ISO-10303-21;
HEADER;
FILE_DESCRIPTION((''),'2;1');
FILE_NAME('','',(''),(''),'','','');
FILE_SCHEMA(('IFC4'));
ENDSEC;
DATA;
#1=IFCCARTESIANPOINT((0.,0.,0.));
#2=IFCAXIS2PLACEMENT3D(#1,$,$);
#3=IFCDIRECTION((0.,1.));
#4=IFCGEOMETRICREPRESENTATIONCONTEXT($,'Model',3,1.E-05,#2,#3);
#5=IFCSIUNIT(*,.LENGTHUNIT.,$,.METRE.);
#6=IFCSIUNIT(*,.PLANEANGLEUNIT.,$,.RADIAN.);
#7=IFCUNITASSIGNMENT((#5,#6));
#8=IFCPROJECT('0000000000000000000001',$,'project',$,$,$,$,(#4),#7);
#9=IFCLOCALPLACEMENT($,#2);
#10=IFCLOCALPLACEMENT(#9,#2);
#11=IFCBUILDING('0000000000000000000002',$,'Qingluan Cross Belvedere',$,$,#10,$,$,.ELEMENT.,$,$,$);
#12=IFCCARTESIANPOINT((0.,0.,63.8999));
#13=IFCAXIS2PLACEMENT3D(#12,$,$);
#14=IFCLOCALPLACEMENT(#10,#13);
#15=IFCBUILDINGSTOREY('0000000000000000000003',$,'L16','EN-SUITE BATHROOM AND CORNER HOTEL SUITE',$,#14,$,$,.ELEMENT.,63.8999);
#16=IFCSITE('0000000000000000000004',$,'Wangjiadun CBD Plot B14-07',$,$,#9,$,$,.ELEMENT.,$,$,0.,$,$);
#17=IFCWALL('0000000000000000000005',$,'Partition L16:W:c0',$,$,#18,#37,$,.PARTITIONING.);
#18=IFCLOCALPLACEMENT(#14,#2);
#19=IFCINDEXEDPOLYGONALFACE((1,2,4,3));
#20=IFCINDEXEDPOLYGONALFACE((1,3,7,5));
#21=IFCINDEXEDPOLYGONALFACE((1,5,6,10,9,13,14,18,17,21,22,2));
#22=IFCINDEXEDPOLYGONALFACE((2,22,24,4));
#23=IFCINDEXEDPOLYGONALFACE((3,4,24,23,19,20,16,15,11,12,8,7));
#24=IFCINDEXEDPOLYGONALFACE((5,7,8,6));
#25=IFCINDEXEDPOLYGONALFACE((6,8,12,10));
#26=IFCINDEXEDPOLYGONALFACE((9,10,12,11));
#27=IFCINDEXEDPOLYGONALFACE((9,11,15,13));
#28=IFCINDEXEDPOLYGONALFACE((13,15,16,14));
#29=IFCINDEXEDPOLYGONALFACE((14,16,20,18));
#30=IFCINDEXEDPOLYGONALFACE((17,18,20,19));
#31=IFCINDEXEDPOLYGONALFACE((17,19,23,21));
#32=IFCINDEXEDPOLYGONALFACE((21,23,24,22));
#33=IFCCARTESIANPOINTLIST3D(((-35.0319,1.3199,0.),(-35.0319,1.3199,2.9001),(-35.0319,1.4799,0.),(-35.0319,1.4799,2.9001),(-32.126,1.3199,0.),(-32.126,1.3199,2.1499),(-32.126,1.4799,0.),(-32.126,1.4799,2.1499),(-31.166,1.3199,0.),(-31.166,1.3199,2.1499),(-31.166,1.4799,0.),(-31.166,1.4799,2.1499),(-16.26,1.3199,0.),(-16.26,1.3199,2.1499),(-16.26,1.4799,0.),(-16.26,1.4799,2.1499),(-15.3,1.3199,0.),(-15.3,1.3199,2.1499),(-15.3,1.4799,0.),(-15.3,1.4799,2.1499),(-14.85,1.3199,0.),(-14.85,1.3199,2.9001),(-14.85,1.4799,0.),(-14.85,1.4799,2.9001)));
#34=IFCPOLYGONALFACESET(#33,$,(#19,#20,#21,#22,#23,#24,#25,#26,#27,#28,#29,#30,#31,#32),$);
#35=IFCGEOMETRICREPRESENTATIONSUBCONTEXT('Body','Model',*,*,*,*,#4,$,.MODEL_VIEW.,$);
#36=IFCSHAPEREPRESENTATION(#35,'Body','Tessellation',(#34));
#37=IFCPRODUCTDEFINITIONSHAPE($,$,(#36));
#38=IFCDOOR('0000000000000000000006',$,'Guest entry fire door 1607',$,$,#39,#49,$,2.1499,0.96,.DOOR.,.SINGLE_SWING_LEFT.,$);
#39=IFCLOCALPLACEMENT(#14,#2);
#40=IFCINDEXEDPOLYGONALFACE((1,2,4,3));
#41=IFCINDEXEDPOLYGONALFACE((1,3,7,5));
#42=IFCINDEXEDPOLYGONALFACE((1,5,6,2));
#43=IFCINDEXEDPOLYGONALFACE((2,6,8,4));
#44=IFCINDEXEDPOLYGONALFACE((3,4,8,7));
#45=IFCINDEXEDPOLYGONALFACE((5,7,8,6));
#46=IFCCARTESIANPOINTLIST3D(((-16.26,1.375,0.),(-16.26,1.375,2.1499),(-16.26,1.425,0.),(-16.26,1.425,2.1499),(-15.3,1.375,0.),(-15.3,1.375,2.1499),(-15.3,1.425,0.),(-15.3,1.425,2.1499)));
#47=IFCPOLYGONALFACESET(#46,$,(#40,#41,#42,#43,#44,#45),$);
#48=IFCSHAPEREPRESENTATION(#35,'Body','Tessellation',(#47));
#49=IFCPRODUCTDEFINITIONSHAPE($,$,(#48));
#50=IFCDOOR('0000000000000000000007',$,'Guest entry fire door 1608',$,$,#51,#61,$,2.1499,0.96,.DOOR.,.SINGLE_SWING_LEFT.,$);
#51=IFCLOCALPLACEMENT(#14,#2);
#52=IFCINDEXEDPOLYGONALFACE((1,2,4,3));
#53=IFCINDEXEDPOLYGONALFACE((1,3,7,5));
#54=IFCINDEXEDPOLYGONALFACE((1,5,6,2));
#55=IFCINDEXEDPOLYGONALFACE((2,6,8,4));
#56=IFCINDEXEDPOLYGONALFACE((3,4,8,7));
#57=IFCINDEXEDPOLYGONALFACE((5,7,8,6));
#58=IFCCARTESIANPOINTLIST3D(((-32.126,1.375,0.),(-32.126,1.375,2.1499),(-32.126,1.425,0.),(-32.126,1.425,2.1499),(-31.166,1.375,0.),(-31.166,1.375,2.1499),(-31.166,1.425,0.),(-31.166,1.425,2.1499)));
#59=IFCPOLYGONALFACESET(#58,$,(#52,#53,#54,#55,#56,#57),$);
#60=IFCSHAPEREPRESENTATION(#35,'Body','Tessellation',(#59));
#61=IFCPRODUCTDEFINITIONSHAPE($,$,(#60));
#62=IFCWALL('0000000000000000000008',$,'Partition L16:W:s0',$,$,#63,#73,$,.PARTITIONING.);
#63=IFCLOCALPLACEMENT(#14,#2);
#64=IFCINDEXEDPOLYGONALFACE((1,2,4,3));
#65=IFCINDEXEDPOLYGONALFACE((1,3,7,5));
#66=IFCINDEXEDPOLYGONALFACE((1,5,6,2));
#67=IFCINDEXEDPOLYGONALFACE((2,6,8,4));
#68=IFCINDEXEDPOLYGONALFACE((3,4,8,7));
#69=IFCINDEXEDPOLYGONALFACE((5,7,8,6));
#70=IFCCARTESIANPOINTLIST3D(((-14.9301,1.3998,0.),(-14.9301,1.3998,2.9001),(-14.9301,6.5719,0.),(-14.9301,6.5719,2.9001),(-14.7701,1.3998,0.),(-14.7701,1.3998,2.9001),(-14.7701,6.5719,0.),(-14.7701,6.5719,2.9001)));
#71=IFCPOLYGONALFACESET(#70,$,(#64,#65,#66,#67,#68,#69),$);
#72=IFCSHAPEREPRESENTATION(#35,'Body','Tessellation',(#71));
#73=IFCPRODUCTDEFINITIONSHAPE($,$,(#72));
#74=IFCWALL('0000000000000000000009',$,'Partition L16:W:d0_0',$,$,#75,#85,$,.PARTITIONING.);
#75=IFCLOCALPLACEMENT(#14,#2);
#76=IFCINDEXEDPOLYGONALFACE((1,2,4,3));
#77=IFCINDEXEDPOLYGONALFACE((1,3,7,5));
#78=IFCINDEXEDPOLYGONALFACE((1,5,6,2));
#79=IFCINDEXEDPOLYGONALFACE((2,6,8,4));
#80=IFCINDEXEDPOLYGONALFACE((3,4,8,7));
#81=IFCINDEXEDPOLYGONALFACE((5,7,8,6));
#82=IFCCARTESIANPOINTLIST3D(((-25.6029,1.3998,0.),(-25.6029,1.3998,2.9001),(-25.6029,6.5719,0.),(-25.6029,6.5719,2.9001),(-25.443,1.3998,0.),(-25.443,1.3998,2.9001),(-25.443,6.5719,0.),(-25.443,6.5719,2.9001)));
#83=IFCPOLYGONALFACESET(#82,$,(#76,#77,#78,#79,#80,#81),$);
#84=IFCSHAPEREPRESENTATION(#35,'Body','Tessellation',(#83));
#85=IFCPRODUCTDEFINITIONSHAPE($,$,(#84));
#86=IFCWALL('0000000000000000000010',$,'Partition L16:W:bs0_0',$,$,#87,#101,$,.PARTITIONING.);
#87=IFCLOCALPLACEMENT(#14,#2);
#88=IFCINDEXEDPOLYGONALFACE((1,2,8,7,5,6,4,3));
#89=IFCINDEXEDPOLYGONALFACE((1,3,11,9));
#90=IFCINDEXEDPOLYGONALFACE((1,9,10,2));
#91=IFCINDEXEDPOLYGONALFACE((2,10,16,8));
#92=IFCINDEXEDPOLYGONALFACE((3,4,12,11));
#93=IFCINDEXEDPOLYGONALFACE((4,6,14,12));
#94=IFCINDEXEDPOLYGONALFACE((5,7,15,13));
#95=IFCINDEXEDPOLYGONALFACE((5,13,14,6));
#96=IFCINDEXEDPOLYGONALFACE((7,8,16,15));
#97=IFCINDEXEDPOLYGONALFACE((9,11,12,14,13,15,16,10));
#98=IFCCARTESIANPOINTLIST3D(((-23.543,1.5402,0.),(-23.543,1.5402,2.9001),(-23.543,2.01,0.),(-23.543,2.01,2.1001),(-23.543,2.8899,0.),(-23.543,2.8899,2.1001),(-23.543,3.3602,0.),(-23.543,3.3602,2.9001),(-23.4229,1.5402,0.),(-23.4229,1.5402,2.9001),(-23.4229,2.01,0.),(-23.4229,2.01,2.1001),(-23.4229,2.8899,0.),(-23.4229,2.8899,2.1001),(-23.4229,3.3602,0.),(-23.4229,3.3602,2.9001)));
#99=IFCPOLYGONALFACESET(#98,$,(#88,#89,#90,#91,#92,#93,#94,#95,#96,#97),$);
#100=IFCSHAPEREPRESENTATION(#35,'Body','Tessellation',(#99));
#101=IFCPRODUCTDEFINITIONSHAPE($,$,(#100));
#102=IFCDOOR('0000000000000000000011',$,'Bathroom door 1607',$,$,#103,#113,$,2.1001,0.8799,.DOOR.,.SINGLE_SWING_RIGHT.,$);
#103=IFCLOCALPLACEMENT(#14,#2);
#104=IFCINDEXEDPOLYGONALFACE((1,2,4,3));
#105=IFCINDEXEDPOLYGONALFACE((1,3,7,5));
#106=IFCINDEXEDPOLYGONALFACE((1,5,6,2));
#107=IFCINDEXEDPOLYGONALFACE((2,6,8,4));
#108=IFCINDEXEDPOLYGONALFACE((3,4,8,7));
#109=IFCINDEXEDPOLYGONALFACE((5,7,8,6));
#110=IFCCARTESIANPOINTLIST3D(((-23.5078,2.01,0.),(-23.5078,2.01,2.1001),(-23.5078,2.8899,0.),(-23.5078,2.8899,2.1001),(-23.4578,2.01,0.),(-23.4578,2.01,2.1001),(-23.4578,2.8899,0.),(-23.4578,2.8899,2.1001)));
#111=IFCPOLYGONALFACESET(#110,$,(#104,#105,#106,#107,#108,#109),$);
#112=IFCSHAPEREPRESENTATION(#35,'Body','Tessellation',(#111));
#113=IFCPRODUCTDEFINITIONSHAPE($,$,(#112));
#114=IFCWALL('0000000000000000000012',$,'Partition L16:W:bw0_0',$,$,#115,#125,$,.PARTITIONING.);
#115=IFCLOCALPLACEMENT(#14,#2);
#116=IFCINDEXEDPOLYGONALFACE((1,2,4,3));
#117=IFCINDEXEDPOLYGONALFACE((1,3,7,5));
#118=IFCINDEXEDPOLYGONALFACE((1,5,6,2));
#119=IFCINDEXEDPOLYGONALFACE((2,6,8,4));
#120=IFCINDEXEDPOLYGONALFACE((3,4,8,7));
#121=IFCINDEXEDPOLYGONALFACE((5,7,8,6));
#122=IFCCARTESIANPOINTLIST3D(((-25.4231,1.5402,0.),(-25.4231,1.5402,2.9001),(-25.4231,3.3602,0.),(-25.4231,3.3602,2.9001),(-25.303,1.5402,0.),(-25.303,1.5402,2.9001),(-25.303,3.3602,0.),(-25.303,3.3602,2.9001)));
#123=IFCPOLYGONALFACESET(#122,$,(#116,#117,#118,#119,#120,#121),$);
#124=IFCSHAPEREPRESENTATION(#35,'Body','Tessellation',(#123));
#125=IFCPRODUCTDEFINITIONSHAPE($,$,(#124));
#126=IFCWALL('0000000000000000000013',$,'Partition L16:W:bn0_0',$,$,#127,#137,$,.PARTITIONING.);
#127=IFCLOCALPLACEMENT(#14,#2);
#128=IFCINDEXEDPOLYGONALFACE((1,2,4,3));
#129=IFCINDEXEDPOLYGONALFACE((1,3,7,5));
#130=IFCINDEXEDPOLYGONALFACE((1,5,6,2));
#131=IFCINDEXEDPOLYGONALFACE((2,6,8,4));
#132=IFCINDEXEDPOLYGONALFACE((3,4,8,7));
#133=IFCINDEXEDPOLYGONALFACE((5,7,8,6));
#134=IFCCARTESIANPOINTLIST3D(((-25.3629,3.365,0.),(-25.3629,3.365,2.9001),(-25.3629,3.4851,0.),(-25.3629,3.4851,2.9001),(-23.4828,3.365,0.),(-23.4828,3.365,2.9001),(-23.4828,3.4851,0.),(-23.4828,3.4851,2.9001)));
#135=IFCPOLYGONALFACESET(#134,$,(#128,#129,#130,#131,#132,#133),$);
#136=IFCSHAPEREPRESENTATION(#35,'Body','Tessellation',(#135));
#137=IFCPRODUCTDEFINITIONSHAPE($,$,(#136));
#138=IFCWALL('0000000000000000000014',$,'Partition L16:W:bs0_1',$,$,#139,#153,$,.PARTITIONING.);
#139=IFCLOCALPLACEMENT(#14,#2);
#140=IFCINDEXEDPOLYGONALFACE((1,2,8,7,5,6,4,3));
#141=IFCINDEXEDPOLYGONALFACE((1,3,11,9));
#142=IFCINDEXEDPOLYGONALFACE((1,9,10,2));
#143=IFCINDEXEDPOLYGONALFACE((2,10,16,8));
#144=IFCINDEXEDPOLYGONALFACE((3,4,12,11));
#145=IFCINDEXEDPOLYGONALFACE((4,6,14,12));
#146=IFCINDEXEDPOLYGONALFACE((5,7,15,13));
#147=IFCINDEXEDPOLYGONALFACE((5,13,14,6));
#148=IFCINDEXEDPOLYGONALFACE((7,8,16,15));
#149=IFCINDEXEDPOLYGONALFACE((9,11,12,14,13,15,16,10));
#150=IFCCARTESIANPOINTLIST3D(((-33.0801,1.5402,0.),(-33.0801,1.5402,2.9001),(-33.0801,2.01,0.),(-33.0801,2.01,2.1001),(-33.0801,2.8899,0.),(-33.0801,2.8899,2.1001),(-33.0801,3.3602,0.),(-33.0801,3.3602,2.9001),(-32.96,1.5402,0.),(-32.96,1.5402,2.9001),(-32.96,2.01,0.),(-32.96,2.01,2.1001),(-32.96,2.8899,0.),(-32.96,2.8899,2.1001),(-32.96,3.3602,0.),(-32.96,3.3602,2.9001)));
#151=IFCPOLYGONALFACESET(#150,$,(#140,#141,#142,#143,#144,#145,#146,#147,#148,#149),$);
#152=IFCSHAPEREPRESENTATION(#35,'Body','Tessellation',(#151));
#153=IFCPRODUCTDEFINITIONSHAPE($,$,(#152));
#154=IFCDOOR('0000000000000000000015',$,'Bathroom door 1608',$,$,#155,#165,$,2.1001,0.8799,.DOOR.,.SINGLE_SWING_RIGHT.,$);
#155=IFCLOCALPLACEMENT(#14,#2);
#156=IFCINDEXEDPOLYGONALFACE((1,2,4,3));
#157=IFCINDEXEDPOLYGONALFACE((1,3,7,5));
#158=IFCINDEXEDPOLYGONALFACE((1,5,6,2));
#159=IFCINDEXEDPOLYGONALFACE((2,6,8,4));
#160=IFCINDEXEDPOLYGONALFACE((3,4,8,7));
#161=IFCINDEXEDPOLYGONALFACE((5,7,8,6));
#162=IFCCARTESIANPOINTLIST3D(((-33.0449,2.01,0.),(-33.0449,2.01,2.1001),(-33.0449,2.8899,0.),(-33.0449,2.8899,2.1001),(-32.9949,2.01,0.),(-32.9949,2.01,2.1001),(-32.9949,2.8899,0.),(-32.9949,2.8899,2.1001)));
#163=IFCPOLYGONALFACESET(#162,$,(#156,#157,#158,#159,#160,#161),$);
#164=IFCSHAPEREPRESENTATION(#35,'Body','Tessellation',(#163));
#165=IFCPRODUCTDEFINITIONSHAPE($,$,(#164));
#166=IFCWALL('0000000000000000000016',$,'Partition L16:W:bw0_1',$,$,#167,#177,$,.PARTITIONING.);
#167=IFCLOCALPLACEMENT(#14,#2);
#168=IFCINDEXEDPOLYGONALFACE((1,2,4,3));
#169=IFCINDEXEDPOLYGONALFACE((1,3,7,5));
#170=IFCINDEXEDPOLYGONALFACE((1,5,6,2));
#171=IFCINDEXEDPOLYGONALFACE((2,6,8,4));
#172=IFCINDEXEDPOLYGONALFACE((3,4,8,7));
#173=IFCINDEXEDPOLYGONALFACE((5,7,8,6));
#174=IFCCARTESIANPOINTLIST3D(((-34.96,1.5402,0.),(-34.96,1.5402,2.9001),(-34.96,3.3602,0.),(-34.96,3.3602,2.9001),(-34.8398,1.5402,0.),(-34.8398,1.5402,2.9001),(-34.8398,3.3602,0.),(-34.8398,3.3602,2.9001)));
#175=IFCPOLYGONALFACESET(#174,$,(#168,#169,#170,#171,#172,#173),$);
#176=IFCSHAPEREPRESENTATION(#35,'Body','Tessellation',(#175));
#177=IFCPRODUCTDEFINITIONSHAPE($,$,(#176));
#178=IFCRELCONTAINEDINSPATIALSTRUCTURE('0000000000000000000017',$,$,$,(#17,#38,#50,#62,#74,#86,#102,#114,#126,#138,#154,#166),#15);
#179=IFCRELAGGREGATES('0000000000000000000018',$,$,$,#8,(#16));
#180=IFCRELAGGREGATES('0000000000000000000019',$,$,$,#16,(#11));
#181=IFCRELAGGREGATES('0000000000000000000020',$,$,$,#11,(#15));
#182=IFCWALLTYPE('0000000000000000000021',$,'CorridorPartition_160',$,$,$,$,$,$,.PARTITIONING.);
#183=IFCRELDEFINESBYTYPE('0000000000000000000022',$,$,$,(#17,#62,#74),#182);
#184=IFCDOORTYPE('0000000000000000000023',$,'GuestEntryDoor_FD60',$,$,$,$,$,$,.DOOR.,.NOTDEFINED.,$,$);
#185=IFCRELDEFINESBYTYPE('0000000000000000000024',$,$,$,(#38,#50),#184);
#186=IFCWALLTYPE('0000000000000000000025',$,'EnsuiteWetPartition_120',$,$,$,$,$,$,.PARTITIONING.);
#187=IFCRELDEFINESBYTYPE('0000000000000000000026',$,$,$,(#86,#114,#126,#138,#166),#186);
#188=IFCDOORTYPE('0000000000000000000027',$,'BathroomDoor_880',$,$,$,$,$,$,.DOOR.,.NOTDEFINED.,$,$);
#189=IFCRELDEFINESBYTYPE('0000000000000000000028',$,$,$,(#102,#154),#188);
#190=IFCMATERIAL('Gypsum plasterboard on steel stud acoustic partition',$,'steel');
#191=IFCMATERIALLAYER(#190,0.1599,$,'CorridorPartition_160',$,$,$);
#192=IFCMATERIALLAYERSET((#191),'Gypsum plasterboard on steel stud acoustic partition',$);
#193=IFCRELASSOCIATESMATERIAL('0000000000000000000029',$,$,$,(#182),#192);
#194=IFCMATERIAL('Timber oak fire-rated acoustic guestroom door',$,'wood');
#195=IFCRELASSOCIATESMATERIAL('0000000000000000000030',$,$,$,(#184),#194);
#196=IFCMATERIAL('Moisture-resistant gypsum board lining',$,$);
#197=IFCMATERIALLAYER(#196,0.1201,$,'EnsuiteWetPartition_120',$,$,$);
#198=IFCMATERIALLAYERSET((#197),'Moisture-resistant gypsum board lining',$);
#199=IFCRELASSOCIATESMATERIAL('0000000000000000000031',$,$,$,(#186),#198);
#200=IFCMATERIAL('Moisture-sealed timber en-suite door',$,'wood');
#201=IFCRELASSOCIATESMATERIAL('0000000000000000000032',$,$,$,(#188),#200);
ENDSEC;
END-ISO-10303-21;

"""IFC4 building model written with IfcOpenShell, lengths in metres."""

from ifc_helpers import new_model, si_unit, direction, frame, frame_2d, origin, place, context, subcontext, project, spatial, rectangle, extrude, material, layer, layer_set, type_object, element, fill, save


model = new_model("IFC4")

# Units and contexts
model_context = context("Model", 3, precision=1e-05, world=origin(), true_north=direction((0.0, 1.0)))
body_context = subcontext(model_context, "Body", "Model", "MODEL_VIEW")
ifc_project = project(units=[si_unit("LENGTHUNIT", "METRE"), si_unit("PLANEANGLEUNIT", "RADIAN")], contexts=[model_context])

# Site, building, storey
site_placement = place(None, origin())
site = spatial("IfcSite", under=ifc_project, at=site_placement, Name="Wangjiadun CBD Plot B14-07", CompositionType="ELEMENT", RefElevation=0.0)
building_placement = place(site_placement, origin())
building = spatial("IfcBuilding", under=site, at=building_placement, Name="Qingluan Cross Belvedere", CompositionType="ELEMENT")
storey_placement = place(building_placement, frame((0.0, 0.0, 63.8999)))
storey = spatial("IfcBuildingStorey", under=building, at=storey_placement, Name="L16", Description="EN-SUITE BATHROOM AND CORNER HOTEL SUITE", CompositionType="ELEMENT", Elevation=63.8999)

# Wall, openings, doors
ifc_material_1 = material(Name="Gypsum plasterboard on steel stud acoustic partition", Category="steel")
ifc_layer_1 = layer(ifc_material_1, 0.1599, Name="CorridorPartition_160")
ifc_layer_set_1 = layer_set([ifc_layer_1], Name="Gypsum plasterboard on steel stud acoustic partition")
wall_type_1 = type_object("IfcWallType", Name="CorridorPartition_160", PredefinedType="PARTITIONING", material=ifc_layer_set_1)
wall_1_placement = place(storey_placement, frame((-14.8501, 1.3999, 0.0), z_axis=(0.0, 0.0, 1.0), x_axis=(-1.0, 0.0, 0.0)))
wall_1 = element("IfcWall", 1, at=wall_1_placement, inside=storey, type_object=wall_type_1, Name="Partition L16:W:c0", PredefinedType="PARTITIONING", context=body_context, shape_type="SweptSolid", body=[
    extrude(rectangle(XDim=20.1819, YDim=0.1599, at=frame_2d((10.0908, 0.0))), origin(), (0.0, 0.0, 1.0), 2.9001),
])
opening_1_placement = place(wall_1_placement, frame((0.45, 0.0, 0.0)))
opening_1 = element("IfcOpeningElement", 2, at=opening_1_placement, cuts=wall_1, PredefinedType="OPENING", context=body_context, shape_type="SweptSolid", body=[
    extrude(rectangle(XDim=0.96, YDim=2.1499, at=frame_2d((0.48, 1.075))), frame((0.0, 0.0898, 0.0), z_axis=(0.0, -1.0, 0.0), x_axis=(1.0, 0.0, 0.0)), (0.0, 0.0, 1.0), 0.1799),
])
opening_2_placement = place(wall_1_placement, frame((16.3159, 0.0, 0.0)))
opening_2 = element("IfcOpeningElement", 3, at=opening_2_placement, cuts=wall_1, PredefinedType="OPENING", context=body_context, shape_type="SweptSolid", body=[
    extrude(rectangle(XDim=0.96, YDim=2.1499, at=frame_2d((0.48, 1.075))), frame((0.0, 0.0898, 0.0), z_axis=(0.0, -1.0, 0.0), x_axis=(1.0, 0.0, 0.0)), (0.0, 0.0, 1.0), 0.1799),
])
ifc_material_2 = material(Name="Timber oak fire-rated acoustic guestroom door", Category="wood")
door_type_1 = type_object("IfcDoorType", Name="GuestEntryDoor_FD60", OperationType="NOTDEFINED", PredefinedType="DOOR", material=ifc_material_2)
door_1_placement = place(opening_1_placement, origin())
door_1 = element("IfcDoor", 4, at=door_1_placement, inside=storey, type_object=door_type_1, Name="Guest entry fire door 1607", OperationType="SINGLE_SWING_LEFT", OverallHeight=2.1499, OverallWidth=0.96, PredefinedType="DOOR", context=body_context, shape_type="SweptSolid", body=[
    extrude(rectangle(XDim=0.96, YDim=2.1499, at=frame_2d((0.48, 1.075))), frame((0.0, 0.0249, 0.0), z_axis=(0.0, -1.0, 0.0), x_axis=(1.0, 0.0, 0.0)), (0.0, 0.0, 1.0), 0.05),
])
fill(opening_1, door_1)
door_2_placement = place(opening_2_placement, origin())
door_2 = element("IfcDoor", 5, at=door_2_placement, inside=storey, type_object=door_type_1, Name="Guest entry fire door 1608", OperationType="SINGLE_SWING_LEFT", OverallHeight=2.1499, OverallWidth=0.96, PredefinedType="DOOR", context=body_context, shape_type="SweptSolid", body=[
    extrude(rectangle(XDim=0.96, YDim=2.1499, at=frame_2d((0.48, 1.075))), frame((0.0, 0.0249, 0.0), z_axis=(0.0, -1.0, 0.0), x_axis=(1.0, 0.0, 0.0)), (0.0, 0.0, 1.0), 0.05),
])
fill(opening_2, door_2)

# Walls
for number, where, z_axis, x_axis, name in (
    (6, (-14.8501, 1.3999, 0.0), (0.0, 0.0, 1.0), (0.0, 1.0, 0.0), "Partition L16:W:s0"),
    (7, (-25.5229, 1.3999, 0.0), (0.0, 0.0, 1.0), (0.0, 1.0, 0.0), "Partition L16:W:d0_0"),
):
    element("IfcWall", number, at=place(storey_placement, frame(where, z_axis=z_axis, x_axis=x_axis)), inside=storey, type_object=wall_type_1, Name=name, PredefinedType="PARTITIONING", context=body_context, shape_type="SweptSolid", body=[
        extrude(rectangle(XDim=5.1721, YDim=0.1599, at=frame_2d((2.5859, 0.0))), origin(), (0.0, 0.0, 1.0), 2.9001),
    ])

# Wall, opening, door
ifc_material_3 = material(Name="Moisture-resistant gypsum board lining")
ifc_layer_2 = layer(ifc_material_3, 0.1201, Name="EnsuiteWetPartition_120")
ifc_layer_set_2 = layer_set([ifc_layer_2], Name="Moisture-resistant gypsum board lining")
wall_type_2 = type_object("IfcWallType", Name="EnsuiteWetPartition_120", PredefinedType="PARTITIONING", material=ifc_layer_set_2)
wall_2_placement = place(storey_placement, frame((-23.4829, 1.54, 0.0), z_axis=(0.0, 0.0, 1.0), x_axis=(0.0, 1.0, 0.0)))
wall_2 = element("IfcWall", 8, at=wall_2_placement, inside=storey, type_object=wall_type_2, Name="Partition L16:W:bs0_0", PredefinedType="PARTITIONING", context=body_context, shape_type="SweptSolid", body=[
    extrude(rectangle(XDim=1.8201, YDim=0.1201, at=frame_2d((0.9102, 0.0))), origin(), (0.0, 0.0, 1.0), 2.9001),
])
opening_3_placement = place(wall_2_placement, frame((0.47, 0.0, 0.0)))
opening_3 = element("IfcOpeningElement", 9, at=opening_3_placement, cuts=wall_2, PredefinedType="OPENING", context=body_context, shape_type="SweptSolid", body=[
    extrude(rectangle(XDim=0.8799, YDim=2.1001, at=frame_2d((0.4399, 1.05))), frame((0.0, 0.0701, 0.0), z_axis=(0.0, -1.0, 0.0), x_axis=(1.0, 0.0, 0.0)), (0.0, 0.0, 1.0), 0.1401),
])
ifc_material_4 = material(Name="Moisture-sealed timber en-suite door", Category="wood")
door_type_2 = type_object("IfcDoorType", Name="BathroomDoor_880", OperationType="NOTDEFINED", PredefinedType="DOOR", material=ifc_material_4)
door_3_placement = place(opening_3_placement, origin())
door_3 = element("IfcDoor", 10, at=door_3_placement, inside=storey, type_object=door_type_2, Name="Bathroom door 1607", OperationType="SINGLE_SWING_RIGHT", OverallHeight=2.1001, OverallWidth=0.8799, PredefinedType="DOOR", context=body_context, shape_type="SweptSolid", body=[
    extrude(rectangle(XDim=0.8799, YDim=2.1001, at=frame_2d((0.4399, 1.05))), frame((0.0, 0.0249, 0.0), z_axis=(0.0, -1.0, 0.0), x_axis=(1.0, 0.0, 0.0)), (0.0, 0.0, 1.0), 0.05),
])
fill(opening_3, door_3)

# Walls
wall_3_placement = place(storey_placement, frame((-25.363, 1.54, 0.0), z_axis=(0.0, 0.0, 1.0), x_axis=(0.0, 1.0, 0.0)))
element("IfcWall", 11, at=wall_3_placement, inside=storey, type_object=wall_type_2, Name="Partition L16:W:bw0_0", PredefinedType="PARTITIONING", context=body_context, shape_type="SweptSolid", body=[
    extrude(rectangle(XDim=1.8201, YDim=0.1201, at=frame_2d((0.9102, 0.0))), origin(), (0.0, 0.0, 1.0), 2.9001),
])
wall_4_placement = place(storey_placement, frame((-23.4829, 3.425, 0.0), z_axis=(0.0, 0.0, 1.0), x_axis=(-1.0, 0.0, 0.0)))
element("IfcWall", 12, at=wall_4_placement, inside=storey, type_object=wall_type_2, Name="Partition L16:W:bn0_0", PredefinedType="PARTITIONING", context=body_context, shape_type="SweptSolid", body=[
    extrude(rectangle(XDim=1.8801, YDim=0.1201, at=frame_2d((0.9399, 0.0))), origin(), (0.0, 0.0, 1.0), 2.9001),
])

# Wall, opening, door
wall_5_placement = place(storey_placement, frame((-33.02, 1.54, 0.0), z_axis=(0.0, 0.0, 1.0), x_axis=(0.0, 1.0, 0.0)))
wall_5 = element("IfcWall", 13, at=wall_5_placement, inside=storey, type_object=wall_type_2, Name="Partition L16:W:bs0_1", PredefinedType="PARTITIONING", context=body_context, shape_type="SweptSolid", body=[
    extrude(rectangle(XDim=1.8201, YDim=0.1201, at=frame_2d((0.9102, 0.0))), origin(), (0.0, 0.0, 1.0), 2.9001),
])
opening_4_placement = place(wall_5_placement, frame((0.47, 0.0, 0.0)))
opening_4 = element("IfcOpeningElement", 14, at=opening_4_placement, cuts=wall_5, PredefinedType="OPENING", context=body_context, shape_type="SweptSolid", body=[
    extrude(rectangle(XDim=0.8799, YDim=2.1001, at=frame_2d((0.4399, 1.05))), frame((0.0, 0.0701, 0.0), z_axis=(0.0, -1.0, 0.0), x_axis=(1.0, 0.0, 0.0)), (0.0, 0.0, 1.0), 0.1401),
])
door_4_placement = place(opening_4_placement, origin())
door_4 = element("IfcDoor", 15, at=door_4_placement, inside=storey, type_object=door_type_2, Name="Bathroom door 1608", OperationType="SINGLE_SWING_RIGHT", OverallHeight=2.1001, OverallWidth=0.8799, PredefinedType="DOOR", context=body_context, shape_type="SweptSolid", body=[
    extrude(rectangle(XDim=0.8799, YDim=2.1001, at=frame_2d((0.4399, 1.05))), frame((0.0, 0.0249, 0.0), z_axis=(0.0, -1.0, 0.0), x_axis=(1.0, 0.0, 0.0)), (0.0, 0.0, 1.0), 0.05),
])
fill(opening_4, door_4)

# Wall
wall_6_placement = place(storey_placement, frame((-34.8999, 1.54, 0.0), z_axis=(0.0, 0.0, 1.0), x_axis=(0.0, 1.0, 0.0)))
element("IfcWall", 16, at=wall_6_placement, inside=storey, type_object=wall_type_2, Name="Partition L16:W:bw0_1", PredefinedType="PARTITIONING", context=body_context, shape_type="SweptSolid", body=[
    extrude(rectangle(XDim=1.8201, YDim=0.1201, at=frame_2d((0.9102, 0.0))), origin(), (0.0, 0.0, 1.0), 2.9001),
])

save(model, "model.ifc")
